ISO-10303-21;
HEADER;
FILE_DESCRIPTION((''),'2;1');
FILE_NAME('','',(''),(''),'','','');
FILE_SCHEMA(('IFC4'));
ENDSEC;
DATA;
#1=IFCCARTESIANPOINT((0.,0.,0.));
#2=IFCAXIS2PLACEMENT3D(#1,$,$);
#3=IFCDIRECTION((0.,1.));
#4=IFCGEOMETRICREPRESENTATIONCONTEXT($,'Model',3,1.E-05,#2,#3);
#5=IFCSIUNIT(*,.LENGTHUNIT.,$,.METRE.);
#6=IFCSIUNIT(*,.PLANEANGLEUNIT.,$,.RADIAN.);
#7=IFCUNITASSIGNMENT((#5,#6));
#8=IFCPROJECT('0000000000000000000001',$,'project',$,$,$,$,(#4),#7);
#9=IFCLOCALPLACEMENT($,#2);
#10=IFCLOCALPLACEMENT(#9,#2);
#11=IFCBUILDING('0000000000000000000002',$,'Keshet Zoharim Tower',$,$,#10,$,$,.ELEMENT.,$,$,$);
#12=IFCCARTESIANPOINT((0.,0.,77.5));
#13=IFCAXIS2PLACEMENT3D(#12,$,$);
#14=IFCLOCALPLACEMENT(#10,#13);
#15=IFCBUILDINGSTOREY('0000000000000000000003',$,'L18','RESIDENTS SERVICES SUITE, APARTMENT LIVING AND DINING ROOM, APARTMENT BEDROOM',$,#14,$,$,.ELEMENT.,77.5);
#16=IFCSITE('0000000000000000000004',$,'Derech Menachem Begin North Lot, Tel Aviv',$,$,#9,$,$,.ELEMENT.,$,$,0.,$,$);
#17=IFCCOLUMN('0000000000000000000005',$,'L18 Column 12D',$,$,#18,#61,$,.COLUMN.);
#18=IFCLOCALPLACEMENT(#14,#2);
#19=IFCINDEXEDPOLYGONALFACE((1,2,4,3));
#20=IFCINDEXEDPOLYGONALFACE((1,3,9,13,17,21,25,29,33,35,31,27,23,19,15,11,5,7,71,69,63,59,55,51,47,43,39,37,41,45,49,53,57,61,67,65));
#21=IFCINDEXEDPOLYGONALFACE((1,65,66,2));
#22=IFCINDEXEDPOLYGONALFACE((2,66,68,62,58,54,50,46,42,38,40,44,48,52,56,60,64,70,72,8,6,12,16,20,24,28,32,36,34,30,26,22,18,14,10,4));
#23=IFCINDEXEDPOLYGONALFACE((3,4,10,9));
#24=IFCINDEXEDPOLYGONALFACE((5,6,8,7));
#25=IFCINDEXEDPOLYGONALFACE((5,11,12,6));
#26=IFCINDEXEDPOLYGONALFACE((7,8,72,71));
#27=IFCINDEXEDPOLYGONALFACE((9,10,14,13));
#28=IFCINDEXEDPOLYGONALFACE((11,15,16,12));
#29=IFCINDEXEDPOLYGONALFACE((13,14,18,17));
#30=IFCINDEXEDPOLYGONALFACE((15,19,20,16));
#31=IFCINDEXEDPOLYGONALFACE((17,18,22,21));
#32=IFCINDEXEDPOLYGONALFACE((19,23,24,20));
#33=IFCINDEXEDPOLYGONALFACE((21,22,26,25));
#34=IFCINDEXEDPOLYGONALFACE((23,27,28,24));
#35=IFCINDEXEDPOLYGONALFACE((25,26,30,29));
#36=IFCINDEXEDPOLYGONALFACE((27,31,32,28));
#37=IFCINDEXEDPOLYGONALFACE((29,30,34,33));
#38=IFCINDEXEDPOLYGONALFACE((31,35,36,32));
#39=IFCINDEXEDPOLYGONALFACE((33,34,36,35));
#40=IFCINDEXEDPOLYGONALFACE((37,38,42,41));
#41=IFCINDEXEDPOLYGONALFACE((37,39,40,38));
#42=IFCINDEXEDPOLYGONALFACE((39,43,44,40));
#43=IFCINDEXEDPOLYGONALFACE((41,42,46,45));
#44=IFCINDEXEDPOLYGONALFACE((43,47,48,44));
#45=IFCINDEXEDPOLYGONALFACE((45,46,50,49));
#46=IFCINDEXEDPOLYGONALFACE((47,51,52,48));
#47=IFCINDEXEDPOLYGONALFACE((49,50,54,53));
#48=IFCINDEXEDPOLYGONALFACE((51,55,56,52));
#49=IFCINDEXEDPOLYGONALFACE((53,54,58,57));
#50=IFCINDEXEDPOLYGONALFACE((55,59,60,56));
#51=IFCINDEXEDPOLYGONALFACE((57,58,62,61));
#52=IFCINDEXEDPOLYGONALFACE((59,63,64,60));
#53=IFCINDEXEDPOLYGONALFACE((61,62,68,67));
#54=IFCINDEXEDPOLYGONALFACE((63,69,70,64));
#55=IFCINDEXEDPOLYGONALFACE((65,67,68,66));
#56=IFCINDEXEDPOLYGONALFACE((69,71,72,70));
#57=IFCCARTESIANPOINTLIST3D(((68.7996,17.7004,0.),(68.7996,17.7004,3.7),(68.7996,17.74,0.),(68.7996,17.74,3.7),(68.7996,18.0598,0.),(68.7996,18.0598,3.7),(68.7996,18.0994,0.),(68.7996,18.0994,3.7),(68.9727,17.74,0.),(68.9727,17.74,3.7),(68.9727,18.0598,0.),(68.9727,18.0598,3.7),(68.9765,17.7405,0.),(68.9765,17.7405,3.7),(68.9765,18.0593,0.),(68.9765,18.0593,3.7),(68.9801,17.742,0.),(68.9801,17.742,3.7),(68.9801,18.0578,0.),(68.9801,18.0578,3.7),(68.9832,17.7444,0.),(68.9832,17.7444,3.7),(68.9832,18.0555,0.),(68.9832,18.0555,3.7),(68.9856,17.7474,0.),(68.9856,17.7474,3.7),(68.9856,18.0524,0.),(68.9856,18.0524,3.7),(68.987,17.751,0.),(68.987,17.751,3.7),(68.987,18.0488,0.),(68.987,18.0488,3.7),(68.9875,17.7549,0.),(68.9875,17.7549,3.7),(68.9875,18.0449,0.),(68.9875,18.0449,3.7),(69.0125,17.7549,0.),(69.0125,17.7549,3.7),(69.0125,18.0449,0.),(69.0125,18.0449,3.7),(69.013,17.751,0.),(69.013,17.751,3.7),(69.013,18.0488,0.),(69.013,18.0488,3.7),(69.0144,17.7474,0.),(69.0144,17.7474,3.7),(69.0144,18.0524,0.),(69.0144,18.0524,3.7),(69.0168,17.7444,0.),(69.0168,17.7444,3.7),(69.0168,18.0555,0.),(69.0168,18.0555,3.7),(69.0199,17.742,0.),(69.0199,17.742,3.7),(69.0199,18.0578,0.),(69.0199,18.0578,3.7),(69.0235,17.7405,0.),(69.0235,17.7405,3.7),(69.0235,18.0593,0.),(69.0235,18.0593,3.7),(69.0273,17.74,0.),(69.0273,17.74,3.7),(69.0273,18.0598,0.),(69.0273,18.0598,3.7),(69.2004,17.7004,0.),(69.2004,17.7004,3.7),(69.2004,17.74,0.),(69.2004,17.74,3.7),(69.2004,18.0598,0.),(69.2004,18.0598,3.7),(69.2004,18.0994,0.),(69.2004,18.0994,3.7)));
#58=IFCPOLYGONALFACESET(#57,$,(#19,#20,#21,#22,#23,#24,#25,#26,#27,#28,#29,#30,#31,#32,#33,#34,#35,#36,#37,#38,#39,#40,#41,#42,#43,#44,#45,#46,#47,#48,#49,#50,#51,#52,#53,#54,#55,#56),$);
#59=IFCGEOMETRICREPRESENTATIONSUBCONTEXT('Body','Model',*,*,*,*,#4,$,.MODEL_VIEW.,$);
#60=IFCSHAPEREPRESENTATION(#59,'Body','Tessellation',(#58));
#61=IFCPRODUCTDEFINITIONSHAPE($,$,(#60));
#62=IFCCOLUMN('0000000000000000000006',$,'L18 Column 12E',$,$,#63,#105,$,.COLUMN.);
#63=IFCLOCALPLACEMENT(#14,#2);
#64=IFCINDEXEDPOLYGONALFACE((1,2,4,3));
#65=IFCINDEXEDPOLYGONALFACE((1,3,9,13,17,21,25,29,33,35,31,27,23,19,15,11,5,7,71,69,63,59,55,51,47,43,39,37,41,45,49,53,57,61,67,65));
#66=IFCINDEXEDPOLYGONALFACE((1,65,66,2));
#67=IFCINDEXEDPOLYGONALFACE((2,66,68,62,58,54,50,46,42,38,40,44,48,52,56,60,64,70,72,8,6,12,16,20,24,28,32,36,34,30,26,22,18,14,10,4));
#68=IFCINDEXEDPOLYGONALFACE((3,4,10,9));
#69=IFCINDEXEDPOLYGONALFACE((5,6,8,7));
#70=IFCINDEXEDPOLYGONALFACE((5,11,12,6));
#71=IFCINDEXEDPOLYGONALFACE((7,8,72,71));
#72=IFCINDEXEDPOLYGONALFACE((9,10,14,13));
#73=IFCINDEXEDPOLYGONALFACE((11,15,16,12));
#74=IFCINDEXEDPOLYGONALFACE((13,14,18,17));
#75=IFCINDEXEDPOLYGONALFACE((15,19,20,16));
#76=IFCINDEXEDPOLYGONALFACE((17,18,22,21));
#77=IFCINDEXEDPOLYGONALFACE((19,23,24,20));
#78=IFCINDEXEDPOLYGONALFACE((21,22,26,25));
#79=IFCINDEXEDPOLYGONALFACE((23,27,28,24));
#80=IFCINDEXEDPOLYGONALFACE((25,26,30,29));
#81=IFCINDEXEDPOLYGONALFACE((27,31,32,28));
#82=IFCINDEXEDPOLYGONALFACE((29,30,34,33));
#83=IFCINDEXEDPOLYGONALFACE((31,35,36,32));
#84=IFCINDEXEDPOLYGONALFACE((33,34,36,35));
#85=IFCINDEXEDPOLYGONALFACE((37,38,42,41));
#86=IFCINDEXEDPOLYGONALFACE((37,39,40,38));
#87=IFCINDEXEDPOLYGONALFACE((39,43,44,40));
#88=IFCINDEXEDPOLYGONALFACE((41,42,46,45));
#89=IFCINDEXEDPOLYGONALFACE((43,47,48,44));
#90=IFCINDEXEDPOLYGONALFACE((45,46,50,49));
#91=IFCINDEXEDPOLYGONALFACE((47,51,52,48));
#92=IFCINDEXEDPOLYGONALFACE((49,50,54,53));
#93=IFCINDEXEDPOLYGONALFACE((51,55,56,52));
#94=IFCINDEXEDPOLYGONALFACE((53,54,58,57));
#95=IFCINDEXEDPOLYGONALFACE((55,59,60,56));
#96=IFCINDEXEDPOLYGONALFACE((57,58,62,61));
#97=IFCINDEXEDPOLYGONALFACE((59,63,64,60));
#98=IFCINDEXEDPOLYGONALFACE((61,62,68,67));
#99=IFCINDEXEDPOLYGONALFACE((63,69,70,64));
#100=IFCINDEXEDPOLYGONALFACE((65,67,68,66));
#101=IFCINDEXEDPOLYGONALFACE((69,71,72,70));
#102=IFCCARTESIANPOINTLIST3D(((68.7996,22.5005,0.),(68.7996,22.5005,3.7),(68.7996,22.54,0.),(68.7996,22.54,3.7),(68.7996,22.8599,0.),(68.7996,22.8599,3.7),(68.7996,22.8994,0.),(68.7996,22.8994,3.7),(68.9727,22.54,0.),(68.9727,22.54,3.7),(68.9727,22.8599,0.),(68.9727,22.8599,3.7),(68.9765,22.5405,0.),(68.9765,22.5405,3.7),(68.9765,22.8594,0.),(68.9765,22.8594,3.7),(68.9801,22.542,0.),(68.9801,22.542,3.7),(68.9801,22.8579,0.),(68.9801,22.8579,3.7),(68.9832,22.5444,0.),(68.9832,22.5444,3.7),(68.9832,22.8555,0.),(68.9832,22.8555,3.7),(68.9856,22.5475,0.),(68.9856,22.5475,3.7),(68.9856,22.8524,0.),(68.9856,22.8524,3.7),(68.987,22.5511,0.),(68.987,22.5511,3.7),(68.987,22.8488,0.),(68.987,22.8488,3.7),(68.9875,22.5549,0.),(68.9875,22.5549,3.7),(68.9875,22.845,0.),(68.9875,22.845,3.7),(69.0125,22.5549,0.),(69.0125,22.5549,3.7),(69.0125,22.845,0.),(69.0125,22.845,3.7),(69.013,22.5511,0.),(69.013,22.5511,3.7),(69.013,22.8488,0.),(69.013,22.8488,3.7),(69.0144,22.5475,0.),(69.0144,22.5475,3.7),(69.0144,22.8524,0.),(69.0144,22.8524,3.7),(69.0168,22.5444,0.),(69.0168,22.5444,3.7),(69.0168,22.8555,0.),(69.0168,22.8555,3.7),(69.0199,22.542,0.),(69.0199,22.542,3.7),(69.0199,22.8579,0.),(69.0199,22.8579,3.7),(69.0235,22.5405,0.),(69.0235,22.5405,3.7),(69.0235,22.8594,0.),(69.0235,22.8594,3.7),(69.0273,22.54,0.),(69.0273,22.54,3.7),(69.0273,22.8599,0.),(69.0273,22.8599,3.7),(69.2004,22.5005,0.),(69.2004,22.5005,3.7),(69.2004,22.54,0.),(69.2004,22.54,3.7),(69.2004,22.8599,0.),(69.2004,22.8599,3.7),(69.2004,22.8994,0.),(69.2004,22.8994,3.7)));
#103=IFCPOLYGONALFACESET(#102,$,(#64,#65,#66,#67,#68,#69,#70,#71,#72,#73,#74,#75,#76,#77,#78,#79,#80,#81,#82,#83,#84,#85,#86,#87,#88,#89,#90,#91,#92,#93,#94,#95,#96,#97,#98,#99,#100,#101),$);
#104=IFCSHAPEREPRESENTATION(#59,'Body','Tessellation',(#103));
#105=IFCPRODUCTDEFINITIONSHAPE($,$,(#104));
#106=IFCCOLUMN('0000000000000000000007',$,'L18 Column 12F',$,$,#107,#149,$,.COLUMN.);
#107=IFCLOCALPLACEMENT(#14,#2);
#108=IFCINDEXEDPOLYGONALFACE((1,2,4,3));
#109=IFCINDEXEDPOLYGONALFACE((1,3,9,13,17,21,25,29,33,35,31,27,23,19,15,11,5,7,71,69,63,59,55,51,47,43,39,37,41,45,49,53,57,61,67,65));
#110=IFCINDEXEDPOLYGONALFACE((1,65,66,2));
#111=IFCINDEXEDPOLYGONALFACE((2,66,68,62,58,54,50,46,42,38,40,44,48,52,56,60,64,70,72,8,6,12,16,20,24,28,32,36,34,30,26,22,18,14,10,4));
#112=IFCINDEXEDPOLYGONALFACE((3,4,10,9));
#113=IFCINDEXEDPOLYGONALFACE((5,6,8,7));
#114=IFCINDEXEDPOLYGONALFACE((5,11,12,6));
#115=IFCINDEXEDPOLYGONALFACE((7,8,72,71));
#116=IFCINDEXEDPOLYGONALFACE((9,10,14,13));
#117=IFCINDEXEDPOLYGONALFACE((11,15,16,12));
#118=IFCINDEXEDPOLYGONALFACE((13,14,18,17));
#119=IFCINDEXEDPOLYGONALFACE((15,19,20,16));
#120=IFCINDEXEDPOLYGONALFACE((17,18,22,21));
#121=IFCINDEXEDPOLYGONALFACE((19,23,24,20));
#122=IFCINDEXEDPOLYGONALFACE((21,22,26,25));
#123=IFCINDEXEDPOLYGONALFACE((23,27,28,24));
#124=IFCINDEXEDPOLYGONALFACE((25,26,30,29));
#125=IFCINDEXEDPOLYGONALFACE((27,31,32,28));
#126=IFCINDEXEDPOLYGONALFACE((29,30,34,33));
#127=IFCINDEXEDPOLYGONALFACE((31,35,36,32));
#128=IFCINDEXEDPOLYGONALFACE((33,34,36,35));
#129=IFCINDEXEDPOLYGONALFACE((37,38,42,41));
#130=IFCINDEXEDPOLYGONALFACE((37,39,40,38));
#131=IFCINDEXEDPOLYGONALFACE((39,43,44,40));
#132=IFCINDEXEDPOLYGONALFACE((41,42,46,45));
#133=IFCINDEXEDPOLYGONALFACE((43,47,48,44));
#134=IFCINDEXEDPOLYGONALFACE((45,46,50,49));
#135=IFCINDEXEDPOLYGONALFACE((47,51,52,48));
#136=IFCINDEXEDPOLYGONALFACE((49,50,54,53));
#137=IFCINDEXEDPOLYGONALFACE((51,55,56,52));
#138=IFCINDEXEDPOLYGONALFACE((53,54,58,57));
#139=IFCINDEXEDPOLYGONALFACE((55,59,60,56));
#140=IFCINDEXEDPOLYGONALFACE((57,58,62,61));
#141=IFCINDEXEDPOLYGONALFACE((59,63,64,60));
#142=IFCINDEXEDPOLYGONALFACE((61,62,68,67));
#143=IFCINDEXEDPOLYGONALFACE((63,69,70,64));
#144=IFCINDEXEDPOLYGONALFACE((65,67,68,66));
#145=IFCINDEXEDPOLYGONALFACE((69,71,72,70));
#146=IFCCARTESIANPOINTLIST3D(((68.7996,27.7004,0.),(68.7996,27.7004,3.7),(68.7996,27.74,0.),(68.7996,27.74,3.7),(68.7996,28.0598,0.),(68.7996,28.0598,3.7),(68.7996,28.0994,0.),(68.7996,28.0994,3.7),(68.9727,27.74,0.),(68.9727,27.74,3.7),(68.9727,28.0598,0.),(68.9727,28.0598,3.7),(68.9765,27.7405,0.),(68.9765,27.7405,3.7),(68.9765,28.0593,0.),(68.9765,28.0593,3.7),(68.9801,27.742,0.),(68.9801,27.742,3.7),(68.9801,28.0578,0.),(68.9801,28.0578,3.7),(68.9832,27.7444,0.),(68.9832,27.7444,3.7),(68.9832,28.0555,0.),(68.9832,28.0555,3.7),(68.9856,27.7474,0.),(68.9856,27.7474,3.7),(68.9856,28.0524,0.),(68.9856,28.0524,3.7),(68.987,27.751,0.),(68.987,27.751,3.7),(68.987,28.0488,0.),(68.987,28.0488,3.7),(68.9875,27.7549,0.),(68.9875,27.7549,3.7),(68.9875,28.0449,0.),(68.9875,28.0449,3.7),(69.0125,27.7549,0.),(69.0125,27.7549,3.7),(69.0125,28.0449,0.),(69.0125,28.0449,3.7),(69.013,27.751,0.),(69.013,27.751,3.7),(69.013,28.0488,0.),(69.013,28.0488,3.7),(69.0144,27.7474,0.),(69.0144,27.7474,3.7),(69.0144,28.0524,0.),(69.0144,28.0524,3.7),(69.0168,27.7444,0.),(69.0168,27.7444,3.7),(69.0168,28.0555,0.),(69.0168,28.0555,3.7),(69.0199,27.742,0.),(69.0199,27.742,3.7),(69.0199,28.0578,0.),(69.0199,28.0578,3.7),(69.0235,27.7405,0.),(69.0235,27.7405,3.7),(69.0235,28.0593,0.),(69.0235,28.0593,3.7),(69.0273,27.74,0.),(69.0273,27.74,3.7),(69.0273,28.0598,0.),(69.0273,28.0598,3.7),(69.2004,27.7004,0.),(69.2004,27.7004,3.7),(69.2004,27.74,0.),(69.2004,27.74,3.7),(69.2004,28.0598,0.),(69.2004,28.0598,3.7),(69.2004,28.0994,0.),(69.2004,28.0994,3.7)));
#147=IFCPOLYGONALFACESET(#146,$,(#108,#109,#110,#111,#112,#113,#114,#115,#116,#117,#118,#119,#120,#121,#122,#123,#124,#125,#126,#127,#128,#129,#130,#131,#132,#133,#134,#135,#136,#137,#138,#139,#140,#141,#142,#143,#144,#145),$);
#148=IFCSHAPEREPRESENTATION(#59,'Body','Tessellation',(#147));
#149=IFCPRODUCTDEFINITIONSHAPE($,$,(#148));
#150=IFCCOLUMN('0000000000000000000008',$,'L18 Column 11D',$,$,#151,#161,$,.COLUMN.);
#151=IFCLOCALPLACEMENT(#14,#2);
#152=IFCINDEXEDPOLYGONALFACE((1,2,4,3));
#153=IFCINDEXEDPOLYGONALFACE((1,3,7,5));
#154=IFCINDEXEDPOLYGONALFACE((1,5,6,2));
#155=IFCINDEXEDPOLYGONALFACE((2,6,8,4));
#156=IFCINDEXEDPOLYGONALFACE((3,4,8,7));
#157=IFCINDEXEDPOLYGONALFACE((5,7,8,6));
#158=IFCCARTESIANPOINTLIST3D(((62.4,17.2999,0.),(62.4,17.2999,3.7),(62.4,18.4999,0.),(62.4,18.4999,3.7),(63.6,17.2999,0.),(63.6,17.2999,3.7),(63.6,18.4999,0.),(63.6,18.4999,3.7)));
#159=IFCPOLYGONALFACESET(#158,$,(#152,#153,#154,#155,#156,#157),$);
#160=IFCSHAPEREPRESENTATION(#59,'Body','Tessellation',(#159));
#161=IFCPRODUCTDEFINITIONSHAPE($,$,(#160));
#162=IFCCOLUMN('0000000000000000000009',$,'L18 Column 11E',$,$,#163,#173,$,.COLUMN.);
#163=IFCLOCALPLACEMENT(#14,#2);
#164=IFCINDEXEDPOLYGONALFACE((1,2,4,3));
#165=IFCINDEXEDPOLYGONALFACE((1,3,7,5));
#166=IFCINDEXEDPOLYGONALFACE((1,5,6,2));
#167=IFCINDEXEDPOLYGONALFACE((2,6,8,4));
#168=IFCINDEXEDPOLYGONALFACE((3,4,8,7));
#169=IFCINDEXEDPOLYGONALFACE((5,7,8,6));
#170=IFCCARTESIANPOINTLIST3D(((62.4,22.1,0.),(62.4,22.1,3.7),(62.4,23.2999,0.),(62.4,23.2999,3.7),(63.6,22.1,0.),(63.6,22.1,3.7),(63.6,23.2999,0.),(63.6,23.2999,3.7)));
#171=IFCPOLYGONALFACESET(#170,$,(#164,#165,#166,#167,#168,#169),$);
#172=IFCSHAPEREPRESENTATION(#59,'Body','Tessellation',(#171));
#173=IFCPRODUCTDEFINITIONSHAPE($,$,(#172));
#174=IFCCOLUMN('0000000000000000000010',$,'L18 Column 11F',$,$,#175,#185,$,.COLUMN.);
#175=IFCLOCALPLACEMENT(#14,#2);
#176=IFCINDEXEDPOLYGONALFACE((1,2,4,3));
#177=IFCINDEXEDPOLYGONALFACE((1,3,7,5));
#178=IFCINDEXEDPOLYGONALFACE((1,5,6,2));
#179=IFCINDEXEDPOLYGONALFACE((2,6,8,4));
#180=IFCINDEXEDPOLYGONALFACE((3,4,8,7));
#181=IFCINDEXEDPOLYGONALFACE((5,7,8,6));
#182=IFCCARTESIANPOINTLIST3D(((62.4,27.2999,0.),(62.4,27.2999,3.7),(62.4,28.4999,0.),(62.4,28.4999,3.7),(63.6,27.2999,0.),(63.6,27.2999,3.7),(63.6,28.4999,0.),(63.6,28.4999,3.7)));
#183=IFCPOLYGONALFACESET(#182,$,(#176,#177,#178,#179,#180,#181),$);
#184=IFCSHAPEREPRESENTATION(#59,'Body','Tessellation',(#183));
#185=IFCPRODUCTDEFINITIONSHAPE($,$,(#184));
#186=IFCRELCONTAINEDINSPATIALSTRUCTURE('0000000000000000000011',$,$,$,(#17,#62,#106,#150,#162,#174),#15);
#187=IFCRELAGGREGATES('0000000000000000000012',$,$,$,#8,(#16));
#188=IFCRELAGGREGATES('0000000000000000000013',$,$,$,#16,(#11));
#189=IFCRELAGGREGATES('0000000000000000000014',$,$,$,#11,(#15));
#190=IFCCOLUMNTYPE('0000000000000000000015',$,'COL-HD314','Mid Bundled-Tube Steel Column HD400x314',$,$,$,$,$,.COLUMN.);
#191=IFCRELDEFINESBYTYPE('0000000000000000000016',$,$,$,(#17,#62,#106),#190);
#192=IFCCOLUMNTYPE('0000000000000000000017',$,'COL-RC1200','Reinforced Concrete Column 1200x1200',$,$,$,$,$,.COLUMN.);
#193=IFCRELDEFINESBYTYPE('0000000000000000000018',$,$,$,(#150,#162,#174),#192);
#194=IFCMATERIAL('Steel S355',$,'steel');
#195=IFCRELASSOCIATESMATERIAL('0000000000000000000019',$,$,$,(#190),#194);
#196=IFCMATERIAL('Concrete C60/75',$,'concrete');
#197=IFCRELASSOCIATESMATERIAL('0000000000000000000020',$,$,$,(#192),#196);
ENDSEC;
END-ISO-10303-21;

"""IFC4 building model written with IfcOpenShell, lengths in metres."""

from ifc_helpers import new_model, si_unit, direction, frame, origin, origin_2d, place, context, subcontext, project, spatial, rectangle, i_section, extrude, material, material_profile, profile_set, type_object, element, save


model = new_model("IFC4")

# Units and contexts
model_context = context("Model", 3, precision=1e-05, world=origin(), true_north=direction((0.0, 1.0)))
body_context = subcontext(model_context, "Body", "Model", "MODEL_VIEW")
ifc_project = project(units=[si_unit("LENGTHUNIT", "METRE"), si_unit("PLANEANGLEUNIT", "RADIAN")], contexts=[model_context])

# Site, building, storey
site_placement = place(None, origin())
site = spatial("IfcSite", under=ifc_project, at=site_placement, Name="Derech Menachem Begin North Lot, Tel Aviv", CompositionType="ELEMENT", RefElevation=0.0)
building_placement = place(site_placement, origin())
building = spatial("IfcBuilding", under=site, at=building_placement, Name="Keshet Zoharim Tower", CompositionType="ELEMENT")
storey_placement = place(building_placement, frame((0.0, 0.0, 77.5)))
storey = spatial("IfcBuildingStorey", under=building, at=storey_placement, Name="L18", Description="RESIDENTS SERVICES SUITE, APARTMENT LIVING AND DINING ROOM, APARTMENT BEDROOM", CompositionType="ELEMENT", Elevation=77.5)

# Columns
ifc_material_1 = material(Name="Steel S355", Category="steel")
ifc_material_profile_1 = material_profile(ifc_material_1, i_section(OverallWidth=0.4009, OverallDepth=0.3989, WebThickness=0.0249, FlangeThickness=0.0396, FilletRadius=0.0149, at=origin_2d()), Name="HD400x314")
ifc_profile_set_1 = profile_set([ifc_material_profile_1], Name="Steel S355")
column_type_1 = type_object("IfcColumnType", Name="COL-HD314", Description="Mid Bundled-Tube Steel Column HD400x314", PredefinedType="COLUMN", material=ifc_profile_set_1)
for number, where, z_axis, x_axis, name in (
    (1, (69.0, 17.8999, 0.0), (0.0, 0.0, 1.0), (1.0, 0.0, 0.0), "L18 Column 12D"),
    (2, (69.0, 22.7, 0.0), (0.0, 0.0, 1.0), (1.0, 0.0, 0.0), "L18 Column 12E"),
    (3, (69.0, 27.8999, 0.0), (0.0, 0.0, 1.0), (1.0, 0.0, 0.0), "L18 Column 12F"),
):
    element("IfcColumn", number, at=place(storey_placement, frame(where, z_axis=z_axis, x_axis=x_axis)), inside=storey, type_object=column_type_1, Name=name, PredefinedType="COLUMN", context=body_context, shape_type="SweptSolid", body=[
        extrude(i_section(OverallWidth=0.4009, OverallDepth=0.3989, WebThickness=0.0249, FlangeThickness=0.0396, FilletRadius=0.0149, at=origin_2d()), origin(), (0.0, 0.0, 1.0), 3.7),
    ])
ifc_material_2 = material(Name="Concrete C60/75", Category="concrete")
ifc_material_profile_2 = material_profile(ifc_material_2, rectangle(XDim=1.2, YDim=1.2, at=origin_2d()), Name="RC1200x1200")
ifc_profile_set_2 = profile_set([ifc_material_profile_2], Name="Concrete C60/75")
column_type_2 = type_object("IfcColumnType", Name="COL-RC1200", Description="Reinforced Concrete Column 1200x1200", PredefinedType="COLUMN", material=ifc_profile_set_2)
for number, where, z_axis, x_axis, name in (
    (4, (63.0, 17.8999, 0.0), (0.0, 0.0, 1.0), (1.0, 0.0, 0.0), "L18 Column 11D"),
    (5, (63.0, 22.7, 0.0), (0.0, 0.0, 1.0), (1.0, 0.0, 0.0), "L18 Column 11E"),
    (6, (63.0, 27.8999, 0.0), (0.0, 0.0, 1.0), (1.0, 0.0, 0.0), "L18 Column 11F"),
):
    element("IfcColumn", number, at=place(storey_placement, frame(where, z_axis=z_axis, x_axis=x_axis)), inside=storey, type_object=column_type_2, Name=name, PredefinedType="COLUMN", context=body_context, shape_type="SweptSolid", body=[
        extrude(rectangle(XDim=1.2, YDim=1.2, at=origin_2d()), origin(), (0.0, 0.0, 1.0), 3.7),
    ])

save(model, "model.ifc")
